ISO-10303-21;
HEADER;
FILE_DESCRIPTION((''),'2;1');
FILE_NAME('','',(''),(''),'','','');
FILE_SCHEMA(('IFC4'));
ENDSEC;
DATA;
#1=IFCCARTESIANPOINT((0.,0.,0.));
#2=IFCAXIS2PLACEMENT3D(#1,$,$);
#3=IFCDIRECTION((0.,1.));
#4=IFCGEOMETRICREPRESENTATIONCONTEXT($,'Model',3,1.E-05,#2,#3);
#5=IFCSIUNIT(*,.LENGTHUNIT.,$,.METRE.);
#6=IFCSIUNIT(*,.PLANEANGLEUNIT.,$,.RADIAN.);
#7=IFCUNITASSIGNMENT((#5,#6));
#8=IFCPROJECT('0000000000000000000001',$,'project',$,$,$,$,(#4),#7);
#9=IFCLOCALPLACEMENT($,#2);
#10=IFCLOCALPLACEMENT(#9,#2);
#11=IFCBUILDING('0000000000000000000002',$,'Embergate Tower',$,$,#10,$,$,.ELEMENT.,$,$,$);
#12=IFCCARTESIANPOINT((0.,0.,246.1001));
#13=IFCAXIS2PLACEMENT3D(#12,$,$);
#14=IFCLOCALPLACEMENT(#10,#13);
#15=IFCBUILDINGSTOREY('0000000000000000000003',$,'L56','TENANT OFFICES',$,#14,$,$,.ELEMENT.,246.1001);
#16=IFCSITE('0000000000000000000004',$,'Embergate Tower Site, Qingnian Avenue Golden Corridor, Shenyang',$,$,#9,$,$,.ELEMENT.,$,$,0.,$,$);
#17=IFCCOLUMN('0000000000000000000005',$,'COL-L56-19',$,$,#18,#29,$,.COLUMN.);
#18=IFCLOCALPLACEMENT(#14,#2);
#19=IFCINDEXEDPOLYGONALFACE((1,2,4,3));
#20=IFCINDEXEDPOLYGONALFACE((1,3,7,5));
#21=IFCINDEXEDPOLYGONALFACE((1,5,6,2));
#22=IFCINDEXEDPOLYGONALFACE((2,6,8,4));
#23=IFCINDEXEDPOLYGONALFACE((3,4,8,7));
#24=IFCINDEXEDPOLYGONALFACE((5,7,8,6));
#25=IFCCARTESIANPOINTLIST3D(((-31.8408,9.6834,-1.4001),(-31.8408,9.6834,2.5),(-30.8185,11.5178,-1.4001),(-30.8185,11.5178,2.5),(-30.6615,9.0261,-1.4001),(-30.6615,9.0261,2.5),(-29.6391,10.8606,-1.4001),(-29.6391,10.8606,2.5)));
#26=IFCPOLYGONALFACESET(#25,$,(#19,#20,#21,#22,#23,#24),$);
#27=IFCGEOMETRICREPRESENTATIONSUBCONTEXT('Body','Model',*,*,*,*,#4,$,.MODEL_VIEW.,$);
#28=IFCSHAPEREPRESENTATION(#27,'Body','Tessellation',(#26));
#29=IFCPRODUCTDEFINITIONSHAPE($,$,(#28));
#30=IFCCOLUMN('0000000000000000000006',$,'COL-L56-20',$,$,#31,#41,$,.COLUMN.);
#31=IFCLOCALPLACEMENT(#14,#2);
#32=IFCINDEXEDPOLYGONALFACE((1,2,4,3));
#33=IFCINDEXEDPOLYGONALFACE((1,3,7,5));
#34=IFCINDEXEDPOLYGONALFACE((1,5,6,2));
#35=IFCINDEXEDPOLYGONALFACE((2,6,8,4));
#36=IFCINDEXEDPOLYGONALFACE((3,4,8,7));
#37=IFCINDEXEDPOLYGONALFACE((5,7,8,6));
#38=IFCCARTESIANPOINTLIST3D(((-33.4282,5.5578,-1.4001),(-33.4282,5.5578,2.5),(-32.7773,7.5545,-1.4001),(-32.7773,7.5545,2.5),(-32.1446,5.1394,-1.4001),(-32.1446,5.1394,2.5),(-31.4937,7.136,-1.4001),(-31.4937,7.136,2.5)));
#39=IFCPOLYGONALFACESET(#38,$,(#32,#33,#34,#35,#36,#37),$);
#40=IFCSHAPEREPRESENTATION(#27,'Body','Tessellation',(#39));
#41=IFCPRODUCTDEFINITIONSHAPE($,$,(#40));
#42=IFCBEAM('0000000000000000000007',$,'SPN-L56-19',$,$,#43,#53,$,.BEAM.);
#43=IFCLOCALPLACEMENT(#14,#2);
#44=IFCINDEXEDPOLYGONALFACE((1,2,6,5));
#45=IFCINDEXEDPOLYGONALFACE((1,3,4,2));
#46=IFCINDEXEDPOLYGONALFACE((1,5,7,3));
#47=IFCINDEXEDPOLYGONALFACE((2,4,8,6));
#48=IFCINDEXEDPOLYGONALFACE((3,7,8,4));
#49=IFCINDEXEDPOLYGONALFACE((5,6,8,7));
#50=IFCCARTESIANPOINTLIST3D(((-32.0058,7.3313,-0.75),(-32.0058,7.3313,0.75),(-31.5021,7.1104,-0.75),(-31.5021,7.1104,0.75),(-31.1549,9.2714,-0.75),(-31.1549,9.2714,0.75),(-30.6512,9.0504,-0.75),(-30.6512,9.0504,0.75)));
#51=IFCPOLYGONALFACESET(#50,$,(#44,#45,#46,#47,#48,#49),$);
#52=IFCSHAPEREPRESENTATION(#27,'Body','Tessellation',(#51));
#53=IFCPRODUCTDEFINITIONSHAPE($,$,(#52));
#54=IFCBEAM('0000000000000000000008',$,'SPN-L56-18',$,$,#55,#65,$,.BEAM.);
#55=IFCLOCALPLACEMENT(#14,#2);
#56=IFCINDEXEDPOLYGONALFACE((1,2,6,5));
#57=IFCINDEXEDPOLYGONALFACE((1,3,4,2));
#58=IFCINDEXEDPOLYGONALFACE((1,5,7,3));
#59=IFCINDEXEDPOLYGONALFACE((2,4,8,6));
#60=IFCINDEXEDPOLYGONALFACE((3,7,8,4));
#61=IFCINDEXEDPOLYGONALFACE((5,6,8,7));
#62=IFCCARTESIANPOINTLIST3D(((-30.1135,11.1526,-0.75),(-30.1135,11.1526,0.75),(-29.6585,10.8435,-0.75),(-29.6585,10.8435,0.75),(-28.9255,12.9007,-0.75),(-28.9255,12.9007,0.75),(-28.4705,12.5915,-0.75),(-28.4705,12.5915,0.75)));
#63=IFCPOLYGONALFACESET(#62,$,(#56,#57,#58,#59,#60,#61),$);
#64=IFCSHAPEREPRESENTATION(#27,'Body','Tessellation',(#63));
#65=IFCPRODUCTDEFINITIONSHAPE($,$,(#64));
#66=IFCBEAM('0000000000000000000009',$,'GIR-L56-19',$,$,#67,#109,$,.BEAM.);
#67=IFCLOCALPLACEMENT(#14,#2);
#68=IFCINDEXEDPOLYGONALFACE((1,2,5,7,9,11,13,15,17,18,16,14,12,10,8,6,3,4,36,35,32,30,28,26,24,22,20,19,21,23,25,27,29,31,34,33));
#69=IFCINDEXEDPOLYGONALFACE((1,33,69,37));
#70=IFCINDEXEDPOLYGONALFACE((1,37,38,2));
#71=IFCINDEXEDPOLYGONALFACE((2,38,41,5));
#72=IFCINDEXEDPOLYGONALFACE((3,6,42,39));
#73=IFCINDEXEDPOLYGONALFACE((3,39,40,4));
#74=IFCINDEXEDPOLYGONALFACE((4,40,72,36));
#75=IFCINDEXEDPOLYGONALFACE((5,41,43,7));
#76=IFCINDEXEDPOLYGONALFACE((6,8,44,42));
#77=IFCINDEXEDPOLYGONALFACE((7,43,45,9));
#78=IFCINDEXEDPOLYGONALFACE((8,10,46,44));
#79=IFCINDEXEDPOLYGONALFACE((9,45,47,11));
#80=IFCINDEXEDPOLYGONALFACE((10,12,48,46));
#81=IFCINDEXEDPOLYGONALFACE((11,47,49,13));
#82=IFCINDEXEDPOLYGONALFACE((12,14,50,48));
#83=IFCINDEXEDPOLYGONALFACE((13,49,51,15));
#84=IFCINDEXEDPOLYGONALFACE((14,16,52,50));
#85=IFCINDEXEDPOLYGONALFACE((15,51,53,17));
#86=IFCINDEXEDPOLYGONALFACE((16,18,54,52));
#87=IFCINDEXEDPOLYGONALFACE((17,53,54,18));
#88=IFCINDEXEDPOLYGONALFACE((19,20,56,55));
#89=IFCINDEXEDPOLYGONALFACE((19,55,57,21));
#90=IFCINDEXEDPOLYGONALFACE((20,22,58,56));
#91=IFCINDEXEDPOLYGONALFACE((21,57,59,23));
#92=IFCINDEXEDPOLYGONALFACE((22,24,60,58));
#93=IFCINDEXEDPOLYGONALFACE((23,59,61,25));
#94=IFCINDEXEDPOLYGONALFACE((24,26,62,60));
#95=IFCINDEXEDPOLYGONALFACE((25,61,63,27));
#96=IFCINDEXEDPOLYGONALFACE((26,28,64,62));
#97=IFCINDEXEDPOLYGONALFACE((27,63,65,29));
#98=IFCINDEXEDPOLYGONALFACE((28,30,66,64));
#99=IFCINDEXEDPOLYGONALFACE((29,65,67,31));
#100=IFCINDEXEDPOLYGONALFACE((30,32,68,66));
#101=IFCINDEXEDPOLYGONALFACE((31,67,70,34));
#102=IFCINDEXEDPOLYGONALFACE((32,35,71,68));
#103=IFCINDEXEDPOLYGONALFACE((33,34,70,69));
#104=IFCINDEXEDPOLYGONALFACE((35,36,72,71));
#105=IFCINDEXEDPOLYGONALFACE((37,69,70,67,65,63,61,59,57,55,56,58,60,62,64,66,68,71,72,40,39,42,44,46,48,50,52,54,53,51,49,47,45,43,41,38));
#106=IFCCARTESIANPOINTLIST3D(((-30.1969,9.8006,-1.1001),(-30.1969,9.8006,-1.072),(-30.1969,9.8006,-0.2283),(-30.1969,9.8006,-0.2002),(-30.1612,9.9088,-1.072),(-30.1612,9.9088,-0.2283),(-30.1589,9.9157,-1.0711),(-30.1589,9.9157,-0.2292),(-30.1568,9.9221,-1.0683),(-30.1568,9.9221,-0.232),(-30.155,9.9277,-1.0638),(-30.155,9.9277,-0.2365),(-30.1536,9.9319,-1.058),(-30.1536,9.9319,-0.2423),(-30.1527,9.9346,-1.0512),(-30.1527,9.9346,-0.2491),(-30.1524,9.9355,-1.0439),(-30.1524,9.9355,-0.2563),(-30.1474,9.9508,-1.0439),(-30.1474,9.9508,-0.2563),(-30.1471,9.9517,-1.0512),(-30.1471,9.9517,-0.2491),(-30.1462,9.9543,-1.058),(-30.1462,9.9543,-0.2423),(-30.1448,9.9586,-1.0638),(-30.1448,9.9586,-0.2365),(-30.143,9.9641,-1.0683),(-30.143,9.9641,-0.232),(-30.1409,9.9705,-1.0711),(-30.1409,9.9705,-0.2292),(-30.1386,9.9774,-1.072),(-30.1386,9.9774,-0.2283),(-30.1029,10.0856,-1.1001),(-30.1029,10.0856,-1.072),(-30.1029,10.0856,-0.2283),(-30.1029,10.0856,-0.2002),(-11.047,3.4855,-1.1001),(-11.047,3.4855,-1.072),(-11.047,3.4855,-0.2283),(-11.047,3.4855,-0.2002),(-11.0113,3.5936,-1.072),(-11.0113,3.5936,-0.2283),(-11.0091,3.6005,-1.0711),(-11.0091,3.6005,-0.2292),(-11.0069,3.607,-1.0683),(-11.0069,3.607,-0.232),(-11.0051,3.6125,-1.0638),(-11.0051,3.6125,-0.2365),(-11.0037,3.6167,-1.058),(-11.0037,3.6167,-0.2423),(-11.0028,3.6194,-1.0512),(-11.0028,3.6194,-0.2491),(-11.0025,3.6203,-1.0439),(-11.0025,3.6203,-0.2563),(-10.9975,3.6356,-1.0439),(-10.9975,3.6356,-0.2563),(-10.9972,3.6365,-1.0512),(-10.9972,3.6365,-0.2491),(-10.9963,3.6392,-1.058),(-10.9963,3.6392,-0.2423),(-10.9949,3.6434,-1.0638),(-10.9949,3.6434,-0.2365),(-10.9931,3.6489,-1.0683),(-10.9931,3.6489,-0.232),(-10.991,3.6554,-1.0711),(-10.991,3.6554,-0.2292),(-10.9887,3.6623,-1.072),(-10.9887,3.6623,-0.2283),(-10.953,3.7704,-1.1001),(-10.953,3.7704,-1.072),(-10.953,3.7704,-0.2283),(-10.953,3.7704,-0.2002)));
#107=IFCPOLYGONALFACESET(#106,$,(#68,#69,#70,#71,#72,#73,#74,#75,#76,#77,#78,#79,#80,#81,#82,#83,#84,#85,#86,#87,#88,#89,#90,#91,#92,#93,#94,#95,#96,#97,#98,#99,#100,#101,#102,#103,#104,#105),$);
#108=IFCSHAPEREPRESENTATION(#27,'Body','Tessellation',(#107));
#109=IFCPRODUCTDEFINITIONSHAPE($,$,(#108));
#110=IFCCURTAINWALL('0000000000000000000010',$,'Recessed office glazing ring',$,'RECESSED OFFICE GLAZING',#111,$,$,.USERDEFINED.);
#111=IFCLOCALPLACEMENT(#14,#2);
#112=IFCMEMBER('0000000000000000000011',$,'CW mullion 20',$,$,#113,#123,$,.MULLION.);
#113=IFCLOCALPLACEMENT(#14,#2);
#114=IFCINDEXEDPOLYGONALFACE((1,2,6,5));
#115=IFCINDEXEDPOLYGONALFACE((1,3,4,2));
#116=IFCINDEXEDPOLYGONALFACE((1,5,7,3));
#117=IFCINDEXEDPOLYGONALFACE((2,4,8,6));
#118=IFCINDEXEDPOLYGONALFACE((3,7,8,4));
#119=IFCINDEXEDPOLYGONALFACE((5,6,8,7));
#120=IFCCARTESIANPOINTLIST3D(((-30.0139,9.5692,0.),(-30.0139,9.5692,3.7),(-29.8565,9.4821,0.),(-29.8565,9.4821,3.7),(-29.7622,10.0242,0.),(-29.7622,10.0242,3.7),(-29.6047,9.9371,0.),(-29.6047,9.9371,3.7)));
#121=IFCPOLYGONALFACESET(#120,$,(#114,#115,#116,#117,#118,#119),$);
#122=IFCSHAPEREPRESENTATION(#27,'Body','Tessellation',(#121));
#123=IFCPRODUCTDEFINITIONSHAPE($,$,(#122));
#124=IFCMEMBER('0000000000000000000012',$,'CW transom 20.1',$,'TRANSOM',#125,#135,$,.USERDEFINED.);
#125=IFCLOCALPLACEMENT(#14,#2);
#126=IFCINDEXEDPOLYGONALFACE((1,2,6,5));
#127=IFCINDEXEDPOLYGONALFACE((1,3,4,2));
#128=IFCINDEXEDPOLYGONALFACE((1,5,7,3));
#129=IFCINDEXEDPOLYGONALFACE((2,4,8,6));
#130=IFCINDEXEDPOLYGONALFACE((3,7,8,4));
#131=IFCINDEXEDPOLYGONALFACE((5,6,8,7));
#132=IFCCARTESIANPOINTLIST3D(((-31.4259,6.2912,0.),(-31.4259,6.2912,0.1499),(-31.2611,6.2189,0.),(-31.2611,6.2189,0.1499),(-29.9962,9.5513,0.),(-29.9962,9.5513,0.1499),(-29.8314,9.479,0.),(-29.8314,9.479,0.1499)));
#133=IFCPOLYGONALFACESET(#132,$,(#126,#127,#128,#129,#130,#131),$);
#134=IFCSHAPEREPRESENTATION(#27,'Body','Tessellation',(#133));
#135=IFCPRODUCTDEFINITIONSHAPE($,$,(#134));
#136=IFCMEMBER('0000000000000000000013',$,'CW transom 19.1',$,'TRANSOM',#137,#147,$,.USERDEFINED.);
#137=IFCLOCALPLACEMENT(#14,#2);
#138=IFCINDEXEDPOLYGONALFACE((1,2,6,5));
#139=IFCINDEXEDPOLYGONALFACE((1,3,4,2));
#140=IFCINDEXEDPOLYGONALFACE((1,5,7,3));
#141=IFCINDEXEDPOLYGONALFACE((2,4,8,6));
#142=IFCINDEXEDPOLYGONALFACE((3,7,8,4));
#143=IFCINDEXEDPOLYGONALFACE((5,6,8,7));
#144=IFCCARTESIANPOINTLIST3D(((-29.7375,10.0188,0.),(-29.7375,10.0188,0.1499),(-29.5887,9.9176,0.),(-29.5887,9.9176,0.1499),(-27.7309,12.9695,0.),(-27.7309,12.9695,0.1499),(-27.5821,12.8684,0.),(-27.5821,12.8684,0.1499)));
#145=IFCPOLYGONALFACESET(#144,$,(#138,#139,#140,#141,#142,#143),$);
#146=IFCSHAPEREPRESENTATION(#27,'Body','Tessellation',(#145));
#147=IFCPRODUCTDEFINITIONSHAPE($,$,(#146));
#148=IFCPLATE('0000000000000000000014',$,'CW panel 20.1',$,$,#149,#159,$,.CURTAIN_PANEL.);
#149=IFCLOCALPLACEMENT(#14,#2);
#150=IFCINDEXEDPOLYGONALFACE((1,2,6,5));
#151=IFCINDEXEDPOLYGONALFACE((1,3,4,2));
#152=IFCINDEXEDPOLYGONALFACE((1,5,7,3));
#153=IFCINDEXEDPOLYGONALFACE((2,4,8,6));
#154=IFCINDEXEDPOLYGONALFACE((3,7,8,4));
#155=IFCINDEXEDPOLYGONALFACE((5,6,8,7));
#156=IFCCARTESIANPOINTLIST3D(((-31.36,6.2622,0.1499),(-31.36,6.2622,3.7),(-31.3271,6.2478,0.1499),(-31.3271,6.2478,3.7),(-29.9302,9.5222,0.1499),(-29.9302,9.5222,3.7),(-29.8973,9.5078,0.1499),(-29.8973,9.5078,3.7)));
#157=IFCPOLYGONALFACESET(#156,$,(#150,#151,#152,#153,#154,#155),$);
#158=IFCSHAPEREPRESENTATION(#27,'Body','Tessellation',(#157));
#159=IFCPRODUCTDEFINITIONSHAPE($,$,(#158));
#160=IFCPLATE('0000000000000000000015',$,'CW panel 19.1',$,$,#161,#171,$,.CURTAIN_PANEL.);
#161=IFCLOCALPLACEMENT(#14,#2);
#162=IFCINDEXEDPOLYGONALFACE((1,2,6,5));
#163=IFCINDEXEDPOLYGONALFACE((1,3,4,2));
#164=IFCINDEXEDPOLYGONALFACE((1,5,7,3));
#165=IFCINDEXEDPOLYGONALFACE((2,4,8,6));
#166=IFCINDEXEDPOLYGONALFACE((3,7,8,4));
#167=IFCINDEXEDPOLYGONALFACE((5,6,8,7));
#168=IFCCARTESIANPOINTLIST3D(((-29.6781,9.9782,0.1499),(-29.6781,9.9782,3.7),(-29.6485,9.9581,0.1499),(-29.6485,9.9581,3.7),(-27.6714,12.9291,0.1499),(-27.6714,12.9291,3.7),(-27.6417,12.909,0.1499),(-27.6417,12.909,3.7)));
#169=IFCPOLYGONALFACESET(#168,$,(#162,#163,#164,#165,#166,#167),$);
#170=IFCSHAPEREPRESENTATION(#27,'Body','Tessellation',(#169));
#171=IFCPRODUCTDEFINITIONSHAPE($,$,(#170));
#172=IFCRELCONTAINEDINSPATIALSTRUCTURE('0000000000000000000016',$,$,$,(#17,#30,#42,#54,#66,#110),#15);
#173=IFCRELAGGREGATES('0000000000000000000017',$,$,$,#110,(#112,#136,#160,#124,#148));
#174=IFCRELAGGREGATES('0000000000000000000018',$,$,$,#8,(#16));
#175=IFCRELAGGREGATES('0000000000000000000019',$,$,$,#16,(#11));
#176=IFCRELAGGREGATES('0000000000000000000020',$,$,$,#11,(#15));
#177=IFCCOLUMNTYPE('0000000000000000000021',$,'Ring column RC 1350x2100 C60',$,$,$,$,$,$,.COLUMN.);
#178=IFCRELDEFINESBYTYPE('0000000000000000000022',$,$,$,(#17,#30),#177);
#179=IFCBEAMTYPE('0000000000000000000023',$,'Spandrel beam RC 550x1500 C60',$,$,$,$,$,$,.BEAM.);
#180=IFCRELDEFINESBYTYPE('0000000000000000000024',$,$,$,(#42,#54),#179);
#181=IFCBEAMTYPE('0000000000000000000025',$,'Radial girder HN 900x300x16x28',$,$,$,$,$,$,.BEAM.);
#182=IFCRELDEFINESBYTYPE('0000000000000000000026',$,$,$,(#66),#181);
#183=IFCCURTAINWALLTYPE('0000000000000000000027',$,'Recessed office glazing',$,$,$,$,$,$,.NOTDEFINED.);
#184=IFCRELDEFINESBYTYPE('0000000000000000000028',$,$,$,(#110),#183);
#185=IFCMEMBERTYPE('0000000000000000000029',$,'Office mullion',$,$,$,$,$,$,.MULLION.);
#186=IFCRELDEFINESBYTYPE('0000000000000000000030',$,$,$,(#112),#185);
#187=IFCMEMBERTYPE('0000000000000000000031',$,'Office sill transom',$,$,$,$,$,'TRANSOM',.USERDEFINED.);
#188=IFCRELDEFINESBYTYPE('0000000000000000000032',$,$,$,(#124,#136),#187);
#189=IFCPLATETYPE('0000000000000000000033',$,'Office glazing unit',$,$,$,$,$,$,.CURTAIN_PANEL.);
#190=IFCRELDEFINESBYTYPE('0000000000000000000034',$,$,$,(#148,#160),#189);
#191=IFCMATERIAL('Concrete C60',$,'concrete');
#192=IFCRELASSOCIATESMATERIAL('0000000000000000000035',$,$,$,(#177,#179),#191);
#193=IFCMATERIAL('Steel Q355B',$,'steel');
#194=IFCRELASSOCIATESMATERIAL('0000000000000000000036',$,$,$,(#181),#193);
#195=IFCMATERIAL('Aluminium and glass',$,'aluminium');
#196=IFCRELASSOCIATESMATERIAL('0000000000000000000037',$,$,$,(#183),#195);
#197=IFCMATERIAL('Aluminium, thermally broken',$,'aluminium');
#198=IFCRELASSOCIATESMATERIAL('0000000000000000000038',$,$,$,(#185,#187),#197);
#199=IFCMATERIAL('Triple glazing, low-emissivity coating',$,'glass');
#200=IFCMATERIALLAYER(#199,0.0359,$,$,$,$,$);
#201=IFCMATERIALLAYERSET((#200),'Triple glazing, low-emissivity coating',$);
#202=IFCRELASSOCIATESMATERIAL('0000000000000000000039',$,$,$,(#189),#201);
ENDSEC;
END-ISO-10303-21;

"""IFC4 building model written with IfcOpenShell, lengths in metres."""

from ifc_helpers import new_model, si_unit, direction, frame, origin, origin_2d, place, context, subcontext, project, spatial, rectangle, i_section, extrude, source, transform, mapped, material, layer, layer_set, material_profile, profile_set, type_object, element, aggregate, save


model = new_model("IFC4")

# Units and contexts
model_context = context("Model", 3, precision=1e-05, world=origin(), true_north=direction((0.0, 1.0)))
body_context = subcontext(model_context, "Body", "Model", "MODEL_VIEW")
ifc_project = project(units=[si_unit("LENGTHUNIT", "METRE"), si_unit("PLANEANGLEUNIT", "RADIAN")], contexts=[model_context])

# Site, building, storey
site_placement = place(None, origin())
site = spatial("IfcSite", under=ifc_project, at=site_placement, Name="Embergate Tower Site, Qingnian Avenue Golden Corridor, Shenyang", CompositionType="ELEMENT", RefElevation=0.0)
building_placement = place(site_placement, origin())
building = spatial("IfcBuilding", under=site, at=building_placement, Name="Embergate Tower", CompositionType="ELEMENT")
storey_placement = place(building_placement, frame((0.0, 0.0, 246.1001)))
storey = spatial("IfcBuildingStorey", under=building, at=storey_placement, Name="L56", Description="TENANT OFFICES", CompositionType="ELEMENT", Elevation=246.1001)

# Columns
ifc_material_1 = material(Name="Concrete C60", Category="concrete")
ifc_material_profile_1 = material_profile(ifc_material_1, rectangle(XDim=1.3501, YDim=2.1001, at=origin_2d()), Name="RC 1350x2100")
ifc_profile_set_1 = profile_set([ifc_material_profile_1], Name="Concrete C60")
column_type = type_object("IfcColumnType", Name="Ring column RC 1350x2100 C60", PredefinedType="COLUMN", material=ifc_profile_set_1)
shared_shape_1 = source(origin(), body_context, "Body", "SweptSolid", [
    extrude(rectangle(XDim=1.3501, YDim=2.1001, at=origin_2d()), origin(), (0.0, 0.0, 1.0), 3.9001),
])
for number, where, z_axis, x_axis, name in (
    (1, (-30.74, 10.272, -1.4001), (0.0, 0.0, 1.0), (-0.8735, 0.486823, 0.0), "COL-L56-19"),
    (2, (-32.4609, 6.3469, -1.4001), (0.0, 0.0, 1.0), (-0.950754, 0.309946, 0.0), "COL-L56-20"),
):
    element("IfcColumn", number, at=place(storey_placement, frame(where, z_axis=z_axis, x_axis=x_axis)), inside=storey, type_object=column_type, Name=name, PredefinedType="COLUMN", context=body_context, shape_type="MappedRepresentation", body=[
        mapped(shared_shape_1, transform((0.0, 0.0, 0.0))),
    ])

# Beams
ifc_material_profile_2 = material_profile(ifc_material_1, rectangle(XDim=0.55, YDim=1.5, at=origin_2d()), Name="RC 550x1500")
ifc_profile_set_2 = profile_set([ifc_material_profile_2], Name="Concrete C60")
beam_type_1 = type_object("IfcBeamType", Name="Spandrel beam RC 550x1500 C60", PredefinedType="BEAM", material=ifc_profile_set_2)
shared_shape_2 = source(origin(), body_context, "Body", "SweptSolid", [
    extrude(rectangle(XDim=0.55, YDim=1.5, at=origin_2d()), origin(), (0.0, 0.0, 1.0), 2.1184),
])
beam_1_placement = place(storey_placement, frame((-30.9031, 9.1609, 0.0), z_axis=(-0.401653, -0.915792, 0.0), x_axis=(0.915792, -0.401653, 0.0)))
element("IfcBeam", 3, at=beam_1_placement, inside=storey, type_object=beam_type_1, Name="SPN-L56-19", PredefinedType="BEAM", context=body_context, shape_type="MappedRepresentation", body=[
    mapped(shared_shape_2, transform((0.0, 0.0, 0.0))),
])
shared_shape_3 = source(origin(), body_context, "Body", "SweptSolid", [
    extrude(rectangle(XDim=0.55, YDim=1.5, at=origin_2d()), origin(), (0.0, 0.0, 1.0), 2.1135),
])
beam_2_placement = place(storey_placement, frame((-28.698, 12.7461, 0.0), z_axis=(-0.562089, -0.827077, 0.0), x_axis=(0.827077, -0.562089, 0.0)))
element("IfcBeam", 4, at=beam_2_placement, inside=storey, type_object=beam_type_1, Name="SPN-L56-18", PredefinedType="BEAM", context=body_context, shape_type="MappedRepresentation", body=[
    mapped(shared_shape_3, transform((0.0, 0.0, 0.0))),
])
ifc_material_2 = material(Name="Steel Q355B", Category="steel")
ifc_material_profile_3 = material_profile(ifc_material_2, i_section(OverallWidth=0.3, OverallDepth=0.8999, WebThickness=0.0161, FlangeThickness=0.0281, FilletRadius=0.0281, at=origin_2d()), Name="HN 900x300x16x28")
ifc_profile_set_3 = profile_set([ifc_material_profile_3], Name="Steel Q355 grade B")
beam_type_2 = type_object("IfcBeamType", Name="Radial girder HN 900x300x16x28", PredefinedType="BEAM", material=ifc_profile_set_3)
shared_shape_4 = source(origin(), body_context, "Body", "SweptSolid", [
    extrude(i_section(OverallWidth=0.3, OverallDepth=0.8999, WebThickness=0.0161, FlangeThickness=0.0281, FilletRadius=0.0281, at=origin_2d()), origin(), (0.0, 0.0, 1.0), 20.1643),
])
beam_3_placement = place(storey_placement, frame((-30.1499, 9.9431, -0.6501), z_axis=(0.949692, -0.313186, 0.0), x_axis=(0.313186, 0.949692, 0.0)))
element("IfcBeam", 5, at=beam_3_placement, inside=storey, type_object=beam_type_2, Name="GIR-L56-19", PredefinedType="BEAM", context=body_context, shape_type="MappedRepresentation", body=[
    mapped(shared_shape_4, transform((0.0, 0.0, 0.0))),
])

# Curtain wall, members, plates
ifc_material_3 = material(Name="Aluminium and glass", Category="aluminium")
curtain_wall_type = type_object("IfcCurtainWallType", Name="Recessed office glazing", PredefinedType="NOTDEFINED", material=ifc_material_3)
curtain_wall_placement = place(storey_placement, origin())
curtain_wall = element("IfcCurtainWall", 6, at=curtain_wall_placement, inside=storey, type_object=curtain_wall_type, Name="Recessed office glazing ring", ObjectType="RECESSED OFFICE GLAZING", PredefinedType="USERDEFINED")
ifc_material_4 = material(Name="Aluminium, thermally broken", Category="aluminium")
ifc_material_profile_4 = material_profile(ifc_material_4, rectangle(XDim=0.1799, YDim=0.52, at=origin_2d()), Name="AL 520x180")
ifc_profile_set_4 = profile_set([ifc_material_profile_4], Name="Aluminium, thermally broken")
member_type_1 = type_object("IfcMemberType", Name="Office mullion", PredefinedType="MULLION", material=ifc_profile_set_4)
shared_shape_5 = source(origin(), body_context, "Body", "SweptSolid", [
    extrude(rectangle(XDim=0.1799, YDim=0.52, at=origin_2d()), origin(), (0.0, 0.0, 1.0), 3.7),
])
member_1_placement = place(storey_placement, frame((-29.8093, 9.7532, 0.0), z_axis=(0.0, 0.0, 1.0), x_axis=(0.874998, -0.484127, 0.0)))
member_1 = element("IfcMember", 7, at=member_1_placement, type_object=member_type_1, Name="CW mullion 20", PredefinedType="MULLION", context=body_context, shape_type="MappedRepresentation", body=[
    mapped(shared_shape_5, transform((0.0, 0.0, 0.0))),
])
ifc_material_profile_5 = material_profile(ifc_material_4, rectangle(XDim=0.1799, YDim=0.1499, at=origin_2d()), Name="AL 150x180")
ifc_profile_set_5 = profile_set([ifc_material_profile_5], Name="Aluminium, thermally broken")
member_type_2 = type_object("IfcMemberType", Name="Office sill transom", ElementType="TRANSOM", PredefinedType="USERDEFINED", material=ifc_profile_set_5)
shared_shape_6 = source(origin(), body_context, "Body", "SweptSolid", [
    extrude(rectangle(XDim=0.1799, YDim=0.1499, at=origin_2d()), origin(), (0.0, 0.0, 1.0), 3.5598),
])
member_2_placement = place(storey_placement, frame((-29.9138, 9.5151, 0.075), z_axis=(-0.401628, -0.915803, 0.0), x_axis=(0.915803, -0.401628, 0.0)))
member_2 = element("IfcMember", 8, at=member_2_placement, type_object=member_type_2, Name="CW transom 20.1", ObjectType="TRANSOM", PredefinedType="USERDEFINED", context=body_context, shape_type="MappedRepresentation", body=[
    mapped(shared_shape_6, transform((0.0, 0.0, 0.0))),
])
shared_shape_7 = source(origin(), body_context, "Body", "SweptSolid", [
    extrude(rectangle(XDim=0.1799, YDim=0.1499, at=origin_2d()), origin(), (0.0, 0.0, 1.0), 3.5684),
])
member_3_placement = place(storey_placement, frame((-27.6565, 12.9189, 0.075), z_axis=(-0.562334, -0.82691, 0.0), x_axis=(0.82691, -0.562334, 0.0)))
member_3 = element("IfcMember", 9, at=member_3_placement, type_object=member_type_2, Name="CW transom 19.1", ObjectType="TRANSOM", PredefinedType="USERDEFINED", context=body_context, shape_type="MappedRepresentation", body=[
    mapped(shared_shape_7, transform((0.0, 0.0, 0.0))),
])
ifc_material_5 = material(Name="Triple glazing, low-emissivity coating", Category="glass")
ifc_layer_1 = layer(ifc_material_5, 0.0359)
ifc_layer_set_1 = layer_set([ifc_layer_1], Name="Triple glazing, low-emissivity coating")
plate_type = type_object("IfcPlateType", Name="Office glazing unit", PredefinedType="CURTAIN_PANEL", material=ifc_layer_set_1)
shared_shape_8 = source(origin(), body_context, "Body", "SweptSolid", [
    extrude(rectangle(XDim=3.5598, YDim=0.0359, at=origin_2d()), origin(), (0.0, 0.0, 1.0), 3.55),
])
plate_1_placement = place(storey_placement, frame((-30.6287, 7.885, 0.1499), z_axis=(0.0, 0.0, 1.0), x_axis=(-0.401652, -0.915792, 0.0)))
plate_1 = element("IfcPlate", 10, at=plate_1_placement, type_object=plate_type, Name="CW panel 20.1", PredefinedType="CURTAIN_PANEL", context=body_context, shape_type="MappedRepresentation", body=[
    mapped(shared_shape_8, transform((0.0, 0.0, 0.0))),
])
shared_shape_9 = source(origin(), body_context, "Body", "SweptSolid", [
    extrude(rectangle(XDim=3.5686, YDim=0.0359, at=origin_2d()), origin(), (0.0, 0.0, 1.0), 3.55),
])
plate_2_placement = place(storey_placement, frame((-28.6599, 11.4436, 0.1499), z_axis=(0.0, 0.0, 1.0), x_axis=(-0.562342, -0.826905, 0.0)))
plate_2 = element("IfcPlate", 11, at=plate_2_placement, type_object=plate_type, Name="CW panel 19.1", PredefinedType="CURTAIN_PANEL", context=body_context, shape_type="MappedRepresentation", body=[
    mapped(shared_shape_9, transform((0.0, 0.0, 0.0))),
])
aggregate(curtain_wall, [member_1, member_3, plate_2, member_2, plate_1])

save(model, "model.ifc")
